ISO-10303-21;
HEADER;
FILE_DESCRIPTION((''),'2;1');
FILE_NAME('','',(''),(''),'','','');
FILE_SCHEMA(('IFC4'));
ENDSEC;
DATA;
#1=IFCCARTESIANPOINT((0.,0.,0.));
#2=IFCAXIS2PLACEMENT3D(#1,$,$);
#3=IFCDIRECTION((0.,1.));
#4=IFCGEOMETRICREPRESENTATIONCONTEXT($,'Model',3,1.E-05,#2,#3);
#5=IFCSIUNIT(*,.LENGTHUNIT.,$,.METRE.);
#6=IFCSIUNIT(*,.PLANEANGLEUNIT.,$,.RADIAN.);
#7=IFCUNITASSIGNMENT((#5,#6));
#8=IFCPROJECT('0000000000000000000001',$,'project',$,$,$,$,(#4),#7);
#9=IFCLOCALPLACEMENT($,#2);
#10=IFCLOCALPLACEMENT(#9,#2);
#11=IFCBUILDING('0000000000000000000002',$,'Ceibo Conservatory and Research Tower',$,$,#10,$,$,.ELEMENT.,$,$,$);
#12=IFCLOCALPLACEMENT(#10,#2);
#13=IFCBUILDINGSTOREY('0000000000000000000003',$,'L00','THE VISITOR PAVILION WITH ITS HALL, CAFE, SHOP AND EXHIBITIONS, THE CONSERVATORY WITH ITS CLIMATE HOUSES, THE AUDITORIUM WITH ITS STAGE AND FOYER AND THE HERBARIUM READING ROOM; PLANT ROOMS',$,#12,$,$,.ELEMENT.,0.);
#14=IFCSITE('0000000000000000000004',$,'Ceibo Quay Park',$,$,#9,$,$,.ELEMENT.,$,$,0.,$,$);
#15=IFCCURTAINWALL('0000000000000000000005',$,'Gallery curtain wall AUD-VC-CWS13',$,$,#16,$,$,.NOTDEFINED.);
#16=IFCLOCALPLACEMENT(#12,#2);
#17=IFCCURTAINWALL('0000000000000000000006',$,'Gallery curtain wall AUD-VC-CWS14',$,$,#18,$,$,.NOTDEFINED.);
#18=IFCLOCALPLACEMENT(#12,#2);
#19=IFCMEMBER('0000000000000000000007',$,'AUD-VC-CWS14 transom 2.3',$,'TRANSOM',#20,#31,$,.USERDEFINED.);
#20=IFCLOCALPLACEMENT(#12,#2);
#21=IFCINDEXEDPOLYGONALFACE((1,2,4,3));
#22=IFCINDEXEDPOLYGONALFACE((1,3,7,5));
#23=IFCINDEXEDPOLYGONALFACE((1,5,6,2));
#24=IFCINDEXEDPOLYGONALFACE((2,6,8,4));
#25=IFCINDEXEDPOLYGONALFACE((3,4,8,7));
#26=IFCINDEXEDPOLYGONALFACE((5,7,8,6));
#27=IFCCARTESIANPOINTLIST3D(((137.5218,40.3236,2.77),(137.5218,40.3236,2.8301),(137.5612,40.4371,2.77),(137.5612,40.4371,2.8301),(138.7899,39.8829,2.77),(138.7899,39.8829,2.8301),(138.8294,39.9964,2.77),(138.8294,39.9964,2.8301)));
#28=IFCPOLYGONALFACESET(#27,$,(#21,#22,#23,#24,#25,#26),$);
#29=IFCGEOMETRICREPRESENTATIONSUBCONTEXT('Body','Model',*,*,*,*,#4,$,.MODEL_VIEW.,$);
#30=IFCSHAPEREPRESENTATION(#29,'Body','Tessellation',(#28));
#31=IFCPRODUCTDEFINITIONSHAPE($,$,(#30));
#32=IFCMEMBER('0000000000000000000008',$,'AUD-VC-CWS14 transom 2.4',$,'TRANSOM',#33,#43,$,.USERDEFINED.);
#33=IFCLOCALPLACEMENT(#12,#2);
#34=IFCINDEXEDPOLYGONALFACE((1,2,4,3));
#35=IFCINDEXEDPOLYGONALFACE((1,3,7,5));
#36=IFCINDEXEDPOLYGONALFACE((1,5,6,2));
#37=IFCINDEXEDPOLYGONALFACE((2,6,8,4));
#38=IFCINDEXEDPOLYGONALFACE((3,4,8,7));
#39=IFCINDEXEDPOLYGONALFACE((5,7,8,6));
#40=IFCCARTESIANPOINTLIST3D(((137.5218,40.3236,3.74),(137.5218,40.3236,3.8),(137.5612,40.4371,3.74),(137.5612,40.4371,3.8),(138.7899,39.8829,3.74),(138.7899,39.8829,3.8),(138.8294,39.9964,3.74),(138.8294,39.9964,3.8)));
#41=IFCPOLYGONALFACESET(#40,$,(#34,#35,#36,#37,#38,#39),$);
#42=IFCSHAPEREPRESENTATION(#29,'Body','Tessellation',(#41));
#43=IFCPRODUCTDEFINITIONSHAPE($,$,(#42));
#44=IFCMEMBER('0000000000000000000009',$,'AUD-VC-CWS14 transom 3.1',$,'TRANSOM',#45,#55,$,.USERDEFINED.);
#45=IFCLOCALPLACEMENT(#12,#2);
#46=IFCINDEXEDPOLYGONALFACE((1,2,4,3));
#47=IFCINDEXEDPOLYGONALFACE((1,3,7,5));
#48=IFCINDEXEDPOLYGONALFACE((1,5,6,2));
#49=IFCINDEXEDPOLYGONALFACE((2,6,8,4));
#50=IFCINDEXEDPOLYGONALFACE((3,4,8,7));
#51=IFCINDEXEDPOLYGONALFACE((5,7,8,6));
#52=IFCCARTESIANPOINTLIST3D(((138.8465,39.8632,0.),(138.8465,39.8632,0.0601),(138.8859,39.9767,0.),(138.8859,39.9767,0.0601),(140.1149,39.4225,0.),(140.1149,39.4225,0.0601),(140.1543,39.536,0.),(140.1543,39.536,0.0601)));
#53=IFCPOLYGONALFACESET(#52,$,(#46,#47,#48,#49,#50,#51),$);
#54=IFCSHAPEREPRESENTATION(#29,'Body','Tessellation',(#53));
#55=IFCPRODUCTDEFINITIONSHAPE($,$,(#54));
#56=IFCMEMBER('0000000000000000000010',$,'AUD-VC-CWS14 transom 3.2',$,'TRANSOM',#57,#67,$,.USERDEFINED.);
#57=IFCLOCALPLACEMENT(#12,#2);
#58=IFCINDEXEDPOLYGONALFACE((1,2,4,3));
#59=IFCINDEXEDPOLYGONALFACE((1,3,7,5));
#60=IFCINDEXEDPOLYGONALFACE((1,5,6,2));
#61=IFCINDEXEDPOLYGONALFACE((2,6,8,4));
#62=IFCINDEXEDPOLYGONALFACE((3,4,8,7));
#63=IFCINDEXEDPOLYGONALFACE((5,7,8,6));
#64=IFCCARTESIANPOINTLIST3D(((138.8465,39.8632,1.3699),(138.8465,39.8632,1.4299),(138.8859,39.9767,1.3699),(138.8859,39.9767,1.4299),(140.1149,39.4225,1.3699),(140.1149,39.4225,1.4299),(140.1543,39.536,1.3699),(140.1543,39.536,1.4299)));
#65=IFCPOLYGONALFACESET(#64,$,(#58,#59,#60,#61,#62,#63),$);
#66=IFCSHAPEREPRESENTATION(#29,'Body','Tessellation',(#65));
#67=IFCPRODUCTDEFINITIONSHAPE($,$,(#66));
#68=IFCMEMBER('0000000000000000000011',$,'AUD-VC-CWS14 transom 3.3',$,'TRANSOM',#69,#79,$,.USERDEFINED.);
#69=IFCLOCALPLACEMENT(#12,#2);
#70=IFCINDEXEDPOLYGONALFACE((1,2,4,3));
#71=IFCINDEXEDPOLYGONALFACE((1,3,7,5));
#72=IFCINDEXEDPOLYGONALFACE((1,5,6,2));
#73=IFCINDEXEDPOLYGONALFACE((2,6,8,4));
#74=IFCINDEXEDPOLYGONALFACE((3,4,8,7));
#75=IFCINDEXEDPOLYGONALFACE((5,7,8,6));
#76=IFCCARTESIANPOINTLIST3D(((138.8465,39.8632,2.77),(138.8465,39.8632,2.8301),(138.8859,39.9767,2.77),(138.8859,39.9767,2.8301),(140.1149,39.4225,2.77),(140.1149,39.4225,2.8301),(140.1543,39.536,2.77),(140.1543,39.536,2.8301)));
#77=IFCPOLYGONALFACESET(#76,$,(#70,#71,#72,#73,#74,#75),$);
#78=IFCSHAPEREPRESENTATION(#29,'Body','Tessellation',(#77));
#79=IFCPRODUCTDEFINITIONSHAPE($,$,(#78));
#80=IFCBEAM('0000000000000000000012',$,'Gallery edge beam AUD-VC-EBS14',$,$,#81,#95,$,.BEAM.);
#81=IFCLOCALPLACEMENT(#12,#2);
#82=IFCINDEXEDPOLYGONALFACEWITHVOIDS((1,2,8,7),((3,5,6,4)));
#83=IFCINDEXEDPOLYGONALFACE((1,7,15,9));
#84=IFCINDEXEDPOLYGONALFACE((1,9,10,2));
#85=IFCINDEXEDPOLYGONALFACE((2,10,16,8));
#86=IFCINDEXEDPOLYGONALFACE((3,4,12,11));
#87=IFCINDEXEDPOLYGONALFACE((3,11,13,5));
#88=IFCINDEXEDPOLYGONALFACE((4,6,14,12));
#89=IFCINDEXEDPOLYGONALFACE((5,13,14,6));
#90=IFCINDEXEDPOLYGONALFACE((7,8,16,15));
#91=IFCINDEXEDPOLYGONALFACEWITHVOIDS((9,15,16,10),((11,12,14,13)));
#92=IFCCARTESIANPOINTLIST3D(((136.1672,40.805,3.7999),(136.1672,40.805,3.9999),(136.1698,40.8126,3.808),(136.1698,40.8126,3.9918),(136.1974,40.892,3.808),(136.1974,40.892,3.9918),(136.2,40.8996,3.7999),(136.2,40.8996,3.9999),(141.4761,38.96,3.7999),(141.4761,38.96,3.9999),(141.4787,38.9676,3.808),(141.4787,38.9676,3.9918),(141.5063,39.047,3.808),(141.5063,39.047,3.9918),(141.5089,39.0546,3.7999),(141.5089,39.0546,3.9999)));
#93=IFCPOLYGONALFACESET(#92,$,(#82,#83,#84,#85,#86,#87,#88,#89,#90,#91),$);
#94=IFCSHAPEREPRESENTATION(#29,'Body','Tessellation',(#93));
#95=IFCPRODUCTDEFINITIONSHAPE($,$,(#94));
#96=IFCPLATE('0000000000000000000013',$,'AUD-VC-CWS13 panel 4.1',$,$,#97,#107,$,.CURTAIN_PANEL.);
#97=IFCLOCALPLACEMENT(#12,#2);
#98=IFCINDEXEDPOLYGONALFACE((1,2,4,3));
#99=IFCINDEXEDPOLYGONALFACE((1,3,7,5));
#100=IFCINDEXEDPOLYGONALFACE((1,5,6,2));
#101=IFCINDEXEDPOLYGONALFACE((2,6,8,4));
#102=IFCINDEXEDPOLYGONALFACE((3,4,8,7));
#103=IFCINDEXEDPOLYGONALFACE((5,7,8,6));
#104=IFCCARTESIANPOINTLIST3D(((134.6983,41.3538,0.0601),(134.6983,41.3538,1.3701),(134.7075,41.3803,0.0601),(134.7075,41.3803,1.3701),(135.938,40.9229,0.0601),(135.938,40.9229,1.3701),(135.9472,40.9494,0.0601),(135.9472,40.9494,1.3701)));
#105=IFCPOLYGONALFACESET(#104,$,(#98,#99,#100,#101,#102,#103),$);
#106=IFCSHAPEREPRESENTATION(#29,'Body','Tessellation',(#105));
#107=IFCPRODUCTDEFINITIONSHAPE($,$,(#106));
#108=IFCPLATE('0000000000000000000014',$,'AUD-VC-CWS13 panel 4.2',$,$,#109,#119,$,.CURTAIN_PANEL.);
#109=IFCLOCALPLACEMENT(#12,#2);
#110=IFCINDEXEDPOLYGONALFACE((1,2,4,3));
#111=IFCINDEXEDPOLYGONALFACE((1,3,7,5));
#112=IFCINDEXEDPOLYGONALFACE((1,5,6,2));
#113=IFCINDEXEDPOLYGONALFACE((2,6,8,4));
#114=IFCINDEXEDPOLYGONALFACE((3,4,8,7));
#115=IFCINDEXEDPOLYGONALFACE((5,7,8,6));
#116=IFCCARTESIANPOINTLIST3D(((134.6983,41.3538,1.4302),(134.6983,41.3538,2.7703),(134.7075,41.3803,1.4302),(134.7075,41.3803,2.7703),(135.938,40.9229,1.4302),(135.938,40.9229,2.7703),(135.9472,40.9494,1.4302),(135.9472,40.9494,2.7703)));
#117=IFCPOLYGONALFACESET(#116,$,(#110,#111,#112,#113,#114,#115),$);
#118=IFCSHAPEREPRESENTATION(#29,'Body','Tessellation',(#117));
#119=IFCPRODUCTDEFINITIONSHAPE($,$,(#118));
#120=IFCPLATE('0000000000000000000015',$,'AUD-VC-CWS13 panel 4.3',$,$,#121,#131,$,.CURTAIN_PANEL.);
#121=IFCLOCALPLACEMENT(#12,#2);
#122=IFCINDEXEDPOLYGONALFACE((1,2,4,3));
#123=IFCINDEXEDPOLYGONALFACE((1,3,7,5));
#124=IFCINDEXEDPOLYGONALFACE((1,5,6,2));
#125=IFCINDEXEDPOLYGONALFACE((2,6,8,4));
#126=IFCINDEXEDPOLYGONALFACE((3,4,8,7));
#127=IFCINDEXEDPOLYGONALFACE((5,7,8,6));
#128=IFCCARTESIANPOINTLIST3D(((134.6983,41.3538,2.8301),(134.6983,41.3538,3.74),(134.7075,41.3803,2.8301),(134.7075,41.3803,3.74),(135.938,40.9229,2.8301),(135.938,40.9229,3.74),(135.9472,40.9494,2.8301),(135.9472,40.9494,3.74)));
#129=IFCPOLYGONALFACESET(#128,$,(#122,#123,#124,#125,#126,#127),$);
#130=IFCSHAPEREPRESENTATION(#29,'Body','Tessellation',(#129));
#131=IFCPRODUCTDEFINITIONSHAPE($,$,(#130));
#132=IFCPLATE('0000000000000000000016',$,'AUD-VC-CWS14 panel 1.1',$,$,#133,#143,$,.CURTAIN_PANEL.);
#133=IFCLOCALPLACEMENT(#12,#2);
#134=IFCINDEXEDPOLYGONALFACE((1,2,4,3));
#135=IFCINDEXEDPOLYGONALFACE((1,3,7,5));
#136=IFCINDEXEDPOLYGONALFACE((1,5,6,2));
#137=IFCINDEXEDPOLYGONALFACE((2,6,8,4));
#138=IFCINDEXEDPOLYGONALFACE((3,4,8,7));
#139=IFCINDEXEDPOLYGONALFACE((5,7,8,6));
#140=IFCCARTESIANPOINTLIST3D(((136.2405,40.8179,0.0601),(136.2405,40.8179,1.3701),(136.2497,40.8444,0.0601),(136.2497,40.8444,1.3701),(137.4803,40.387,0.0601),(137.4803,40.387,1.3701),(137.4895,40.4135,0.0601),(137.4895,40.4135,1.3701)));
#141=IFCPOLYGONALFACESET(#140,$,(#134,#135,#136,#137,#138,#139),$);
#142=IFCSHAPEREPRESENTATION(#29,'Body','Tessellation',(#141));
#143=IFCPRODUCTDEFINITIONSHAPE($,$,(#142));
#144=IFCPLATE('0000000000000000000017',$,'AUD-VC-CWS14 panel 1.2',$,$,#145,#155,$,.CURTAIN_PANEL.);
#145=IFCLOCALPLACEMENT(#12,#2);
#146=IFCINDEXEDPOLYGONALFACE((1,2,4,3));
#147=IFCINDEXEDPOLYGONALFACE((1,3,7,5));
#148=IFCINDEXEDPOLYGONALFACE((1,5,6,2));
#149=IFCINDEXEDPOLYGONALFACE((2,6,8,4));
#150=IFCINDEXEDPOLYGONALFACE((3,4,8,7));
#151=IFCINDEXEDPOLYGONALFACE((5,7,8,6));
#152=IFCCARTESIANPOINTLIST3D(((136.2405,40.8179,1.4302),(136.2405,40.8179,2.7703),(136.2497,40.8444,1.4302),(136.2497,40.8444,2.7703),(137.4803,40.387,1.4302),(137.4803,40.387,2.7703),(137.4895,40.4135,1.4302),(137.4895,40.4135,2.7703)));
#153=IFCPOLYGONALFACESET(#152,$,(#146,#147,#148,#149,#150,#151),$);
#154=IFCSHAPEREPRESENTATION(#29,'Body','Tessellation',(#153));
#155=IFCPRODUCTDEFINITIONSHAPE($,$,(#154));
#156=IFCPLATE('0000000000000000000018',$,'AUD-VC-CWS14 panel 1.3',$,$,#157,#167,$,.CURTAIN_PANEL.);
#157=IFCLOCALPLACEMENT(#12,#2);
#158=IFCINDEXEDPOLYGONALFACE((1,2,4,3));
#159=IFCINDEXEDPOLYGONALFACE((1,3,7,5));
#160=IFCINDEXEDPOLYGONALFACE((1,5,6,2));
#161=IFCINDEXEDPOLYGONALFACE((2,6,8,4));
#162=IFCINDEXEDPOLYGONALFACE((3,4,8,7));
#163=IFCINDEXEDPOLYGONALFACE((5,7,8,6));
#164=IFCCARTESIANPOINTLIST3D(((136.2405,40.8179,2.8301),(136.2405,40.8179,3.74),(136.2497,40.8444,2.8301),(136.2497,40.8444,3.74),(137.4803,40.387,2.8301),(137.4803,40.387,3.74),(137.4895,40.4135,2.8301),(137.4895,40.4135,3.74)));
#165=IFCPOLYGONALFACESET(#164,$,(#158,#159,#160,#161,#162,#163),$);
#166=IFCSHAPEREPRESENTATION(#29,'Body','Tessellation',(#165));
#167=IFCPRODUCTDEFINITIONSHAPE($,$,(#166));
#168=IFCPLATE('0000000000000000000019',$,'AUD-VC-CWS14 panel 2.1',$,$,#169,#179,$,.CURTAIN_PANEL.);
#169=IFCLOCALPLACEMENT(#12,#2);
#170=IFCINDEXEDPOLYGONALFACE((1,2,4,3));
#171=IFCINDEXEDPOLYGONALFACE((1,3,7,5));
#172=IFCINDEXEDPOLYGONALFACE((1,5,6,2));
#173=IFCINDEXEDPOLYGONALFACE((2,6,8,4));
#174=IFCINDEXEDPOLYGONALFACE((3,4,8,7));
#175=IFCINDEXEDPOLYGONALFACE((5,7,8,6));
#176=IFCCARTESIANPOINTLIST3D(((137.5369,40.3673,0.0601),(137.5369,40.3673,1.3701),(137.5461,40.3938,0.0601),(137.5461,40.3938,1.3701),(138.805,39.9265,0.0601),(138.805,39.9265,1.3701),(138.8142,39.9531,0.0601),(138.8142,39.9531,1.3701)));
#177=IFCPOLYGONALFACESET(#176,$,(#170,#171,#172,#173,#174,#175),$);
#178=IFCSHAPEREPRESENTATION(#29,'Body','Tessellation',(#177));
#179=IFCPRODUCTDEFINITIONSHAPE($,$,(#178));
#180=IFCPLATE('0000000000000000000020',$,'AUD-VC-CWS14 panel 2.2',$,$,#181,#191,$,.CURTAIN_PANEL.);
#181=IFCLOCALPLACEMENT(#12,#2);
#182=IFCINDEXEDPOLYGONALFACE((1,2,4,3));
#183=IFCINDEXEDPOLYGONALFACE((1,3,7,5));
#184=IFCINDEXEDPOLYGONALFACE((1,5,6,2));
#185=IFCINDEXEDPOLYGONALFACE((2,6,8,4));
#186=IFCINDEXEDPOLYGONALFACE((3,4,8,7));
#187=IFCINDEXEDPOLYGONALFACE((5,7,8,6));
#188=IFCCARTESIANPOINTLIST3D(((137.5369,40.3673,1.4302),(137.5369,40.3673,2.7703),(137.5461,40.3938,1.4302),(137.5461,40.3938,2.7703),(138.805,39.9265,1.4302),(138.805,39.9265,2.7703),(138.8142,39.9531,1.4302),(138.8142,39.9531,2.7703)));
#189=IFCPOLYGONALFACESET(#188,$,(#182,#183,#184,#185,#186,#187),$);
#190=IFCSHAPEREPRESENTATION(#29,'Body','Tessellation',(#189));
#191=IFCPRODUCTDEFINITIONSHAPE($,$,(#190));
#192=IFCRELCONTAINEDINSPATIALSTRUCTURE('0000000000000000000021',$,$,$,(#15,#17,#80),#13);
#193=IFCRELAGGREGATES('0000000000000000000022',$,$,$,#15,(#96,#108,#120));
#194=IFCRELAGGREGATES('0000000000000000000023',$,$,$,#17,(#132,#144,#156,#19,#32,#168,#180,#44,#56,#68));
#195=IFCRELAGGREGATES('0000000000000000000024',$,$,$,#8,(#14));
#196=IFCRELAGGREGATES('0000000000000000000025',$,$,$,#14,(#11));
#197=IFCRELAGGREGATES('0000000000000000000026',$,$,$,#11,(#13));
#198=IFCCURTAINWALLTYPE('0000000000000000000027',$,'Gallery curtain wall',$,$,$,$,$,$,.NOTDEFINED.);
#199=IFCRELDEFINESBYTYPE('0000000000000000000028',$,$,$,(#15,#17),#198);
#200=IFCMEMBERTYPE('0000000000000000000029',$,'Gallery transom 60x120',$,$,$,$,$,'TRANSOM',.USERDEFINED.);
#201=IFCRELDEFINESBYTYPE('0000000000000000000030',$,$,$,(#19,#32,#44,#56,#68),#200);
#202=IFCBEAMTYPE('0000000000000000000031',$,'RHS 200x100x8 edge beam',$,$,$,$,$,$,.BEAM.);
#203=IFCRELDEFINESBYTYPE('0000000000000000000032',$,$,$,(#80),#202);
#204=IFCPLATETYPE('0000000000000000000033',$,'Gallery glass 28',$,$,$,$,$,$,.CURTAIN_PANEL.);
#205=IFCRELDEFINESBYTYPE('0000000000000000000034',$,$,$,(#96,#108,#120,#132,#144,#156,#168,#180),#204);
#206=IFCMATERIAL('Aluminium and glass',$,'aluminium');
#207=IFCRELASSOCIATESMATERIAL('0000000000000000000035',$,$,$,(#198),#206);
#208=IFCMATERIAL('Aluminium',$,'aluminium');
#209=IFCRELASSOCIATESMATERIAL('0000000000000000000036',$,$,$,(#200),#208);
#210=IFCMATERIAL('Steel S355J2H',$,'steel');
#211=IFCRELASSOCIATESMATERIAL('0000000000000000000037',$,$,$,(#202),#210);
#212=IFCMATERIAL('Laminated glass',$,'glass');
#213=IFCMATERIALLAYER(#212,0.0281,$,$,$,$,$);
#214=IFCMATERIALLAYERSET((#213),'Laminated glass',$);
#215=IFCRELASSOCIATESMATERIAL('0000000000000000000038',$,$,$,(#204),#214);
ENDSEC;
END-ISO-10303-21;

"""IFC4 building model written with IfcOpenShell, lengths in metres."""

from ifc_helpers import new_model, si_unit, direction, frame, origin, origin_2d, place, context, subcontext, project, spatial, rectangle, hollow_rectangle, extrude, material, layer, layer_set, material_profile, profile_set, type_object, element, aggregate, save


model = new_model("IFC4")

# Units and contexts
model_context = context("Model", 3, precision=1e-05, world=origin(), true_north=direction((0.0, 1.0)))
body_context = subcontext(model_context, "Body", "Model", "MODEL_VIEW")
ifc_project = project(units=[si_unit("LENGTHUNIT", "METRE"), si_unit("PLANEANGLEUNIT", "RADIAN")], contexts=[model_context])

# Site, building, storey
site_placement = place(None, origin())
site = spatial("IfcSite", under=ifc_project, at=site_placement, Name="Ceibo Quay Park", CompositionType="ELEMENT", RefElevation=0.0)
building_placement = place(site_placement, origin())
building = spatial("IfcBuilding", under=site, at=building_placement, Name="Ceibo Conservatory and Research Tower", CompositionType="ELEMENT")
storey_placement = place(building_placement, origin())
storey = spatial("IfcBuildingStorey", under=building, at=storey_placement, Name="L00", Description="THE VISITOR PAVILION WITH ITS HALL, CAFE, SHOP AND EXHIBITIONS, THE CONSERVATORY WITH ITS CLIMATE HOUSES, THE AUDITORIUM WITH ITS STAGE AND FOYER AND THE HERBARIUM READING ROOM; PLANT ROOMS", CompositionType="ELEMENT", Elevation=0.0)

# Shared definitions
ifc_material_1 = material(Name="Steel S355J2H", Category="steel")

# Curtain wall
ifc_material_2 = material(Name="Aluminium and glass", Category="aluminium")
curtain_wall_type = type_object("IfcCurtainWallType", Name="Gallery curtain wall", PredefinedType="NOTDEFINED", material=ifc_material_2)
curtain_wall_1_placement = place(storey_placement, origin())
curtain_wall_1 = element("IfcCurtainWall", 1, at=curtain_wall_1_placement, inside=storey, type_object=curtain_wall_type, Name="Gallery curtain wall AUD-VC-CWS13", PredefinedType="NOTDEFINED")
ifc_material_3 = material(Name="Aluminium", Category="aluminium")

# Curtain wall
curtain_wall_2_placement = place(storey_placement, origin())
curtain_wall_2 = element("IfcCurtainWall", 2, at=curtain_wall_2_placement, inside=storey, type_object=curtain_wall_type, Name="Gallery curtain wall AUD-VC-CWS14", PredefinedType="NOTDEFINED")

# Members
ifc_material_profile_1 = material_profile(ifc_material_3, rectangle(XDim=0.1201, YDim=0.0601, at=origin_2d()), Name="AL 60x120")
ifc_profile_set_1 = profile_set([ifc_material_profile_1], Name="Aluminium")
member_type_1 = type_object("IfcMemberType", Name="Gallery transom 60x120", ElementType="TRANSOM", PredefinedType="USERDEFINED", material=ifc_profile_set_1)
member_1_placement = place(storey_placement, frame((137.5415, 40.3804, 2.8), z_axis=(0.944588, -0.32826, 0.0), x_axis=(0.32826, 0.944588, 0.0)))
member_1 = element("IfcMember", 3, at=member_1_placement, type_object=member_type_1, Name="AUD-VC-CWS14 transom 2.3", ObjectType="TRANSOM", PredefinedType="USERDEFINED", context=body_context, shape_type="SweptSolid", body=[
    extrude(rectangle(XDim=0.1201, YDim=0.0601, at=origin_2d()), origin(), (0.0, 0.0, 1.0), 1.3425),
])
member_2_placement = place(storey_placement, frame((137.5415, 40.3804, 3.77), z_axis=(0.944588, -0.32826, 0.0), x_axis=(0.32826, 0.944588, 0.0)))
member_2 = element("IfcMember", 4, at=member_2_placement, type_object=member_type_1, Name="AUD-VC-CWS14 transom 2.4", ObjectType="TRANSOM", PredefinedType="USERDEFINED", context=body_context, shape_type="SweptSolid", body=[
    extrude(rectangle(XDim=0.1201, YDim=0.0601, at=origin_2d()), origin(), (0.0, 0.0, 1.0), 1.3425),
])
member_3_placement = place(storey_placement, frame((138.8662, 39.9199, 0.03), z_axis=(0.944607, -0.328203, 0.0), x_axis=(0.328203, 0.944607, 0.0)))
member_3 = element("IfcMember", 5, at=member_3_placement, type_object=member_type_1, Name="AUD-VC-CWS14 transom 3.1", ObjectType="TRANSOM", PredefinedType="USERDEFINED", context=body_context, shape_type="SweptSolid", body=[
    extrude(rectangle(XDim=0.1201, YDim=0.0601, at=origin_2d()), origin(), (0.0, 0.0, 1.0), 1.3428),
])
member_4_placement = place(storey_placement, frame((138.8662, 39.9199, 1.3999), z_axis=(0.944607, -0.328203, 0.0), x_axis=(0.328203, 0.944607, 0.0)))
member_4 = element("IfcMember", 6, at=member_4_placement, type_object=member_type_1, Name="AUD-VC-CWS14 transom 3.2", ObjectType="TRANSOM", PredefinedType="USERDEFINED", context=body_context, shape_type="SweptSolid", body=[
    extrude(rectangle(XDim=0.1201, YDim=0.0601, at=origin_2d()), origin(), (0.0, 0.0, 1.0), 1.3428),
])
member_5_placement = place(storey_placement, frame((138.8662, 39.9199, 2.8), z_axis=(0.944607, -0.328203, 0.0), x_axis=(0.328203, 0.944607, 0.0)))
member_5 = element("IfcMember", 7, at=member_5_placement, type_object=member_type_1, Name="AUD-VC-CWS14 transom 3.3", ObjectType="TRANSOM", PredefinedType="USERDEFINED", context=body_context, shape_type="SweptSolid", body=[
    extrude(rectangle(XDim=0.1201, YDim=0.0601, at=origin_2d()), origin(), (0.0, 0.0, 1.0), 1.3428),
])

# Beam
ifc_material_profile_2 = material_profile(ifc_material_1, hollow_rectangle(XDim=0.1001, YDim=0.2, WallThickness=0.0081, at=origin_2d()), Name="RHS 200x100x8 edge beam")
ifc_profile_set_2 = profile_set([ifc_material_profile_2], Name="Steel S355J2H")
beam_type = type_object("IfcBeamType", Name="RHS 200x100x8 edge beam", PredefinedType="BEAM", material=ifc_profile_set_2)
beam_placement = place(storey_placement, frame((136.1836, 40.8523, 3.8999), z_axis=(0.944584, -0.32827, 0.0), x_axis=(0.32827, 0.944584, 0.0)))
element("IfcBeam", 8, at=beam_placement, inside=storey, type_object=beam_type, Name="Gallery edge beam AUD-VC-EBS14", PredefinedType="BEAM", context=body_context, shape_type="SweptSolid", body=[
    extrude(hollow_rectangle(XDim=0.1001, YDim=0.2, WallThickness=0.0081, at=origin_2d()), origin(), (0.0, 0.0, 1.0), 5.6204),
])

# Plates
ifc_material_4 = material(Name="Laminated glass", Category="glass")
ifc_layer = layer(ifc_material_4, 0.0281)
ifc_layer_set = layer_set([ifc_layer], Name="Laminated glass")
plate_type = type_object("IfcPlateType", Name="Gallery glass 28", PredefinedType="CURTAIN_PANEL", material=ifc_layer_set)
plate_1_placement = place(storey_placement, frame((135.3228, 41.1516, 0.0601), z_axis=(0.0, 0.0, 1.0), x_axis=(0.944579, -0.328284, 0.0)))
plate_1 = element("IfcPlate", 9, at=plate_1_placement, type_object=plate_type, Name="AUD-VC-CWS13 panel 4.1", PredefinedType="CURTAIN_PANEL", context=body_context, shape_type="SweptSolid", body=[
    extrude(rectangle(XDim=1.3125, YDim=0.0281, at=origin_2d()), origin(), (0.0, 0.0, 1.0), 1.3101),
])
plate_2_placement = place(storey_placement, frame((135.3228, 41.1516, 1.4302), z_axis=(0.0, 0.0, 1.0), x_axis=(0.944579, -0.328284, 0.0)))
plate_2 = element("IfcPlate", 10, at=plate_2_placement, type_object=plate_type, Name="AUD-VC-CWS13 panel 4.2", PredefinedType="CURTAIN_PANEL", context=body_context, shape_type="SweptSolid", body=[
    extrude(rectangle(XDim=1.3125, YDim=0.0281, at=origin_2d()), origin(), (0.0, 0.0, 1.0), 1.3401),
])
plate_3_placement = place(storey_placement, frame((135.3228, 41.1516, 2.8301), z_axis=(0.0, 0.0, 1.0), x_axis=(0.944579, -0.328284, 0.0)))
plate_3 = element("IfcPlate", 11, at=plate_3_placement, type_object=plate_type, Name="AUD-VC-CWS13 panel 4.3", PredefinedType="CURTAIN_PANEL", context=body_context, shape_type="SweptSolid", body=[
    extrude(rectangle(XDim=1.3125, YDim=0.0281, at=origin_2d()), origin(), (0.0, 0.0, 1.0), 0.9099),
])
aggregate(curtain_wall_1, [plate_1, plate_2, plate_3])
plate_4_placement = place(storey_placement, frame((136.865, 40.6157, 0.0601), z_axis=(0.0, 0.0, 1.0), x_axis=(0.944579, -0.328284, 0.0)))
plate_4 = element("IfcPlate", 12, at=plate_4_placement, type_object=plate_type, Name="AUD-VC-CWS14 panel 1.1", PredefinedType="CURTAIN_PANEL", context=body_context, shape_type="SweptSolid", body=[
    extrude(rectangle(XDim=1.3125, YDim=0.0281, at=origin_2d()), origin(), (0.0, 0.0, 1.0), 1.3101),
])
plate_5_placement = place(storey_placement, frame((136.865, 40.6157, 1.4302), z_axis=(0.0, 0.0, 1.0), x_axis=(0.944579, -0.328284, 0.0)))
plate_5 = element("IfcPlate", 13, at=plate_5_placement, type_object=plate_type, Name="AUD-VC-CWS14 panel 1.2", PredefinedType="CURTAIN_PANEL", context=body_context, shape_type="SweptSolid", body=[
    extrude(rectangle(XDim=1.3125, YDim=0.0281, at=origin_2d()), origin(), (0.0, 0.0, 1.0), 1.3401),
])
plate_6_placement = place(storey_placement, frame((136.865, 40.6157, 2.8301), z_axis=(0.0, 0.0, 1.0), x_axis=(0.944579, -0.328284, 0.0)))
plate_6 = element("IfcPlate", 14, at=plate_6_placement, type_object=plate_type, Name="AUD-VC-CWS14 panel 1.3", PredefinedType="CURTAIN_PANEL", context=body_context, shape_type="SweptSolid", body=[
    extrude(rectangle(XDim=1.3125, YDim=0.0281, at=origin_2d()), origin(), (0.0, 0.0, 1.0), 0.9099),
])
plate_7_placement = place(storey_placement, frame((138.1755, 40.1602, 0.0601), z_axis=(0.0, 0.0, 1.0), x_axis=(0.944579, -0.328284, 0.0)))
plate_7 = element("IfcPlate", 15, at=plate_7_placement, type_object=plate_type, Name="AUD-VC-CWS14 panel 2.1", PredefinedType="CURTAIN_PANEL", context=body_context, shape_type="SweptSolid", body=[
    extrude(rectangle(XDim=1.3425, YDim=0.0281, at=origin_2d()), origin(), (0.0, 0.0, 1.0), 1.3101),
])
plate_8_placement = place(storey_placement, frame((138.1755, 40.1602, 1.4302), z_axis=(0.0, 0.0, 1.0), x_axis=(0.944579, -0.328284, 0.0)))
plate_8 = element("IfcPlate", 16, at=plate_8_placement, type_object=plate_type, Name="AUD-VC-CWS14 panel 2.2", PredefinedType="CURTAIN_PANEL", context=body_context, shape_type="SweptSolid", body=[
    extrude(rectangle(XDim=1.3425, YDim=0.0281, at=origin_2d()), origin(), (0.0, 0.0, 1.0), 1.3401),
])
aggregate(curtain_wall_2, [plate_4, plate_5, plate_6, member_1, member_2, plate_7, plate_8, member_3, member_4, member_5])

save(model, "model.ifc")
